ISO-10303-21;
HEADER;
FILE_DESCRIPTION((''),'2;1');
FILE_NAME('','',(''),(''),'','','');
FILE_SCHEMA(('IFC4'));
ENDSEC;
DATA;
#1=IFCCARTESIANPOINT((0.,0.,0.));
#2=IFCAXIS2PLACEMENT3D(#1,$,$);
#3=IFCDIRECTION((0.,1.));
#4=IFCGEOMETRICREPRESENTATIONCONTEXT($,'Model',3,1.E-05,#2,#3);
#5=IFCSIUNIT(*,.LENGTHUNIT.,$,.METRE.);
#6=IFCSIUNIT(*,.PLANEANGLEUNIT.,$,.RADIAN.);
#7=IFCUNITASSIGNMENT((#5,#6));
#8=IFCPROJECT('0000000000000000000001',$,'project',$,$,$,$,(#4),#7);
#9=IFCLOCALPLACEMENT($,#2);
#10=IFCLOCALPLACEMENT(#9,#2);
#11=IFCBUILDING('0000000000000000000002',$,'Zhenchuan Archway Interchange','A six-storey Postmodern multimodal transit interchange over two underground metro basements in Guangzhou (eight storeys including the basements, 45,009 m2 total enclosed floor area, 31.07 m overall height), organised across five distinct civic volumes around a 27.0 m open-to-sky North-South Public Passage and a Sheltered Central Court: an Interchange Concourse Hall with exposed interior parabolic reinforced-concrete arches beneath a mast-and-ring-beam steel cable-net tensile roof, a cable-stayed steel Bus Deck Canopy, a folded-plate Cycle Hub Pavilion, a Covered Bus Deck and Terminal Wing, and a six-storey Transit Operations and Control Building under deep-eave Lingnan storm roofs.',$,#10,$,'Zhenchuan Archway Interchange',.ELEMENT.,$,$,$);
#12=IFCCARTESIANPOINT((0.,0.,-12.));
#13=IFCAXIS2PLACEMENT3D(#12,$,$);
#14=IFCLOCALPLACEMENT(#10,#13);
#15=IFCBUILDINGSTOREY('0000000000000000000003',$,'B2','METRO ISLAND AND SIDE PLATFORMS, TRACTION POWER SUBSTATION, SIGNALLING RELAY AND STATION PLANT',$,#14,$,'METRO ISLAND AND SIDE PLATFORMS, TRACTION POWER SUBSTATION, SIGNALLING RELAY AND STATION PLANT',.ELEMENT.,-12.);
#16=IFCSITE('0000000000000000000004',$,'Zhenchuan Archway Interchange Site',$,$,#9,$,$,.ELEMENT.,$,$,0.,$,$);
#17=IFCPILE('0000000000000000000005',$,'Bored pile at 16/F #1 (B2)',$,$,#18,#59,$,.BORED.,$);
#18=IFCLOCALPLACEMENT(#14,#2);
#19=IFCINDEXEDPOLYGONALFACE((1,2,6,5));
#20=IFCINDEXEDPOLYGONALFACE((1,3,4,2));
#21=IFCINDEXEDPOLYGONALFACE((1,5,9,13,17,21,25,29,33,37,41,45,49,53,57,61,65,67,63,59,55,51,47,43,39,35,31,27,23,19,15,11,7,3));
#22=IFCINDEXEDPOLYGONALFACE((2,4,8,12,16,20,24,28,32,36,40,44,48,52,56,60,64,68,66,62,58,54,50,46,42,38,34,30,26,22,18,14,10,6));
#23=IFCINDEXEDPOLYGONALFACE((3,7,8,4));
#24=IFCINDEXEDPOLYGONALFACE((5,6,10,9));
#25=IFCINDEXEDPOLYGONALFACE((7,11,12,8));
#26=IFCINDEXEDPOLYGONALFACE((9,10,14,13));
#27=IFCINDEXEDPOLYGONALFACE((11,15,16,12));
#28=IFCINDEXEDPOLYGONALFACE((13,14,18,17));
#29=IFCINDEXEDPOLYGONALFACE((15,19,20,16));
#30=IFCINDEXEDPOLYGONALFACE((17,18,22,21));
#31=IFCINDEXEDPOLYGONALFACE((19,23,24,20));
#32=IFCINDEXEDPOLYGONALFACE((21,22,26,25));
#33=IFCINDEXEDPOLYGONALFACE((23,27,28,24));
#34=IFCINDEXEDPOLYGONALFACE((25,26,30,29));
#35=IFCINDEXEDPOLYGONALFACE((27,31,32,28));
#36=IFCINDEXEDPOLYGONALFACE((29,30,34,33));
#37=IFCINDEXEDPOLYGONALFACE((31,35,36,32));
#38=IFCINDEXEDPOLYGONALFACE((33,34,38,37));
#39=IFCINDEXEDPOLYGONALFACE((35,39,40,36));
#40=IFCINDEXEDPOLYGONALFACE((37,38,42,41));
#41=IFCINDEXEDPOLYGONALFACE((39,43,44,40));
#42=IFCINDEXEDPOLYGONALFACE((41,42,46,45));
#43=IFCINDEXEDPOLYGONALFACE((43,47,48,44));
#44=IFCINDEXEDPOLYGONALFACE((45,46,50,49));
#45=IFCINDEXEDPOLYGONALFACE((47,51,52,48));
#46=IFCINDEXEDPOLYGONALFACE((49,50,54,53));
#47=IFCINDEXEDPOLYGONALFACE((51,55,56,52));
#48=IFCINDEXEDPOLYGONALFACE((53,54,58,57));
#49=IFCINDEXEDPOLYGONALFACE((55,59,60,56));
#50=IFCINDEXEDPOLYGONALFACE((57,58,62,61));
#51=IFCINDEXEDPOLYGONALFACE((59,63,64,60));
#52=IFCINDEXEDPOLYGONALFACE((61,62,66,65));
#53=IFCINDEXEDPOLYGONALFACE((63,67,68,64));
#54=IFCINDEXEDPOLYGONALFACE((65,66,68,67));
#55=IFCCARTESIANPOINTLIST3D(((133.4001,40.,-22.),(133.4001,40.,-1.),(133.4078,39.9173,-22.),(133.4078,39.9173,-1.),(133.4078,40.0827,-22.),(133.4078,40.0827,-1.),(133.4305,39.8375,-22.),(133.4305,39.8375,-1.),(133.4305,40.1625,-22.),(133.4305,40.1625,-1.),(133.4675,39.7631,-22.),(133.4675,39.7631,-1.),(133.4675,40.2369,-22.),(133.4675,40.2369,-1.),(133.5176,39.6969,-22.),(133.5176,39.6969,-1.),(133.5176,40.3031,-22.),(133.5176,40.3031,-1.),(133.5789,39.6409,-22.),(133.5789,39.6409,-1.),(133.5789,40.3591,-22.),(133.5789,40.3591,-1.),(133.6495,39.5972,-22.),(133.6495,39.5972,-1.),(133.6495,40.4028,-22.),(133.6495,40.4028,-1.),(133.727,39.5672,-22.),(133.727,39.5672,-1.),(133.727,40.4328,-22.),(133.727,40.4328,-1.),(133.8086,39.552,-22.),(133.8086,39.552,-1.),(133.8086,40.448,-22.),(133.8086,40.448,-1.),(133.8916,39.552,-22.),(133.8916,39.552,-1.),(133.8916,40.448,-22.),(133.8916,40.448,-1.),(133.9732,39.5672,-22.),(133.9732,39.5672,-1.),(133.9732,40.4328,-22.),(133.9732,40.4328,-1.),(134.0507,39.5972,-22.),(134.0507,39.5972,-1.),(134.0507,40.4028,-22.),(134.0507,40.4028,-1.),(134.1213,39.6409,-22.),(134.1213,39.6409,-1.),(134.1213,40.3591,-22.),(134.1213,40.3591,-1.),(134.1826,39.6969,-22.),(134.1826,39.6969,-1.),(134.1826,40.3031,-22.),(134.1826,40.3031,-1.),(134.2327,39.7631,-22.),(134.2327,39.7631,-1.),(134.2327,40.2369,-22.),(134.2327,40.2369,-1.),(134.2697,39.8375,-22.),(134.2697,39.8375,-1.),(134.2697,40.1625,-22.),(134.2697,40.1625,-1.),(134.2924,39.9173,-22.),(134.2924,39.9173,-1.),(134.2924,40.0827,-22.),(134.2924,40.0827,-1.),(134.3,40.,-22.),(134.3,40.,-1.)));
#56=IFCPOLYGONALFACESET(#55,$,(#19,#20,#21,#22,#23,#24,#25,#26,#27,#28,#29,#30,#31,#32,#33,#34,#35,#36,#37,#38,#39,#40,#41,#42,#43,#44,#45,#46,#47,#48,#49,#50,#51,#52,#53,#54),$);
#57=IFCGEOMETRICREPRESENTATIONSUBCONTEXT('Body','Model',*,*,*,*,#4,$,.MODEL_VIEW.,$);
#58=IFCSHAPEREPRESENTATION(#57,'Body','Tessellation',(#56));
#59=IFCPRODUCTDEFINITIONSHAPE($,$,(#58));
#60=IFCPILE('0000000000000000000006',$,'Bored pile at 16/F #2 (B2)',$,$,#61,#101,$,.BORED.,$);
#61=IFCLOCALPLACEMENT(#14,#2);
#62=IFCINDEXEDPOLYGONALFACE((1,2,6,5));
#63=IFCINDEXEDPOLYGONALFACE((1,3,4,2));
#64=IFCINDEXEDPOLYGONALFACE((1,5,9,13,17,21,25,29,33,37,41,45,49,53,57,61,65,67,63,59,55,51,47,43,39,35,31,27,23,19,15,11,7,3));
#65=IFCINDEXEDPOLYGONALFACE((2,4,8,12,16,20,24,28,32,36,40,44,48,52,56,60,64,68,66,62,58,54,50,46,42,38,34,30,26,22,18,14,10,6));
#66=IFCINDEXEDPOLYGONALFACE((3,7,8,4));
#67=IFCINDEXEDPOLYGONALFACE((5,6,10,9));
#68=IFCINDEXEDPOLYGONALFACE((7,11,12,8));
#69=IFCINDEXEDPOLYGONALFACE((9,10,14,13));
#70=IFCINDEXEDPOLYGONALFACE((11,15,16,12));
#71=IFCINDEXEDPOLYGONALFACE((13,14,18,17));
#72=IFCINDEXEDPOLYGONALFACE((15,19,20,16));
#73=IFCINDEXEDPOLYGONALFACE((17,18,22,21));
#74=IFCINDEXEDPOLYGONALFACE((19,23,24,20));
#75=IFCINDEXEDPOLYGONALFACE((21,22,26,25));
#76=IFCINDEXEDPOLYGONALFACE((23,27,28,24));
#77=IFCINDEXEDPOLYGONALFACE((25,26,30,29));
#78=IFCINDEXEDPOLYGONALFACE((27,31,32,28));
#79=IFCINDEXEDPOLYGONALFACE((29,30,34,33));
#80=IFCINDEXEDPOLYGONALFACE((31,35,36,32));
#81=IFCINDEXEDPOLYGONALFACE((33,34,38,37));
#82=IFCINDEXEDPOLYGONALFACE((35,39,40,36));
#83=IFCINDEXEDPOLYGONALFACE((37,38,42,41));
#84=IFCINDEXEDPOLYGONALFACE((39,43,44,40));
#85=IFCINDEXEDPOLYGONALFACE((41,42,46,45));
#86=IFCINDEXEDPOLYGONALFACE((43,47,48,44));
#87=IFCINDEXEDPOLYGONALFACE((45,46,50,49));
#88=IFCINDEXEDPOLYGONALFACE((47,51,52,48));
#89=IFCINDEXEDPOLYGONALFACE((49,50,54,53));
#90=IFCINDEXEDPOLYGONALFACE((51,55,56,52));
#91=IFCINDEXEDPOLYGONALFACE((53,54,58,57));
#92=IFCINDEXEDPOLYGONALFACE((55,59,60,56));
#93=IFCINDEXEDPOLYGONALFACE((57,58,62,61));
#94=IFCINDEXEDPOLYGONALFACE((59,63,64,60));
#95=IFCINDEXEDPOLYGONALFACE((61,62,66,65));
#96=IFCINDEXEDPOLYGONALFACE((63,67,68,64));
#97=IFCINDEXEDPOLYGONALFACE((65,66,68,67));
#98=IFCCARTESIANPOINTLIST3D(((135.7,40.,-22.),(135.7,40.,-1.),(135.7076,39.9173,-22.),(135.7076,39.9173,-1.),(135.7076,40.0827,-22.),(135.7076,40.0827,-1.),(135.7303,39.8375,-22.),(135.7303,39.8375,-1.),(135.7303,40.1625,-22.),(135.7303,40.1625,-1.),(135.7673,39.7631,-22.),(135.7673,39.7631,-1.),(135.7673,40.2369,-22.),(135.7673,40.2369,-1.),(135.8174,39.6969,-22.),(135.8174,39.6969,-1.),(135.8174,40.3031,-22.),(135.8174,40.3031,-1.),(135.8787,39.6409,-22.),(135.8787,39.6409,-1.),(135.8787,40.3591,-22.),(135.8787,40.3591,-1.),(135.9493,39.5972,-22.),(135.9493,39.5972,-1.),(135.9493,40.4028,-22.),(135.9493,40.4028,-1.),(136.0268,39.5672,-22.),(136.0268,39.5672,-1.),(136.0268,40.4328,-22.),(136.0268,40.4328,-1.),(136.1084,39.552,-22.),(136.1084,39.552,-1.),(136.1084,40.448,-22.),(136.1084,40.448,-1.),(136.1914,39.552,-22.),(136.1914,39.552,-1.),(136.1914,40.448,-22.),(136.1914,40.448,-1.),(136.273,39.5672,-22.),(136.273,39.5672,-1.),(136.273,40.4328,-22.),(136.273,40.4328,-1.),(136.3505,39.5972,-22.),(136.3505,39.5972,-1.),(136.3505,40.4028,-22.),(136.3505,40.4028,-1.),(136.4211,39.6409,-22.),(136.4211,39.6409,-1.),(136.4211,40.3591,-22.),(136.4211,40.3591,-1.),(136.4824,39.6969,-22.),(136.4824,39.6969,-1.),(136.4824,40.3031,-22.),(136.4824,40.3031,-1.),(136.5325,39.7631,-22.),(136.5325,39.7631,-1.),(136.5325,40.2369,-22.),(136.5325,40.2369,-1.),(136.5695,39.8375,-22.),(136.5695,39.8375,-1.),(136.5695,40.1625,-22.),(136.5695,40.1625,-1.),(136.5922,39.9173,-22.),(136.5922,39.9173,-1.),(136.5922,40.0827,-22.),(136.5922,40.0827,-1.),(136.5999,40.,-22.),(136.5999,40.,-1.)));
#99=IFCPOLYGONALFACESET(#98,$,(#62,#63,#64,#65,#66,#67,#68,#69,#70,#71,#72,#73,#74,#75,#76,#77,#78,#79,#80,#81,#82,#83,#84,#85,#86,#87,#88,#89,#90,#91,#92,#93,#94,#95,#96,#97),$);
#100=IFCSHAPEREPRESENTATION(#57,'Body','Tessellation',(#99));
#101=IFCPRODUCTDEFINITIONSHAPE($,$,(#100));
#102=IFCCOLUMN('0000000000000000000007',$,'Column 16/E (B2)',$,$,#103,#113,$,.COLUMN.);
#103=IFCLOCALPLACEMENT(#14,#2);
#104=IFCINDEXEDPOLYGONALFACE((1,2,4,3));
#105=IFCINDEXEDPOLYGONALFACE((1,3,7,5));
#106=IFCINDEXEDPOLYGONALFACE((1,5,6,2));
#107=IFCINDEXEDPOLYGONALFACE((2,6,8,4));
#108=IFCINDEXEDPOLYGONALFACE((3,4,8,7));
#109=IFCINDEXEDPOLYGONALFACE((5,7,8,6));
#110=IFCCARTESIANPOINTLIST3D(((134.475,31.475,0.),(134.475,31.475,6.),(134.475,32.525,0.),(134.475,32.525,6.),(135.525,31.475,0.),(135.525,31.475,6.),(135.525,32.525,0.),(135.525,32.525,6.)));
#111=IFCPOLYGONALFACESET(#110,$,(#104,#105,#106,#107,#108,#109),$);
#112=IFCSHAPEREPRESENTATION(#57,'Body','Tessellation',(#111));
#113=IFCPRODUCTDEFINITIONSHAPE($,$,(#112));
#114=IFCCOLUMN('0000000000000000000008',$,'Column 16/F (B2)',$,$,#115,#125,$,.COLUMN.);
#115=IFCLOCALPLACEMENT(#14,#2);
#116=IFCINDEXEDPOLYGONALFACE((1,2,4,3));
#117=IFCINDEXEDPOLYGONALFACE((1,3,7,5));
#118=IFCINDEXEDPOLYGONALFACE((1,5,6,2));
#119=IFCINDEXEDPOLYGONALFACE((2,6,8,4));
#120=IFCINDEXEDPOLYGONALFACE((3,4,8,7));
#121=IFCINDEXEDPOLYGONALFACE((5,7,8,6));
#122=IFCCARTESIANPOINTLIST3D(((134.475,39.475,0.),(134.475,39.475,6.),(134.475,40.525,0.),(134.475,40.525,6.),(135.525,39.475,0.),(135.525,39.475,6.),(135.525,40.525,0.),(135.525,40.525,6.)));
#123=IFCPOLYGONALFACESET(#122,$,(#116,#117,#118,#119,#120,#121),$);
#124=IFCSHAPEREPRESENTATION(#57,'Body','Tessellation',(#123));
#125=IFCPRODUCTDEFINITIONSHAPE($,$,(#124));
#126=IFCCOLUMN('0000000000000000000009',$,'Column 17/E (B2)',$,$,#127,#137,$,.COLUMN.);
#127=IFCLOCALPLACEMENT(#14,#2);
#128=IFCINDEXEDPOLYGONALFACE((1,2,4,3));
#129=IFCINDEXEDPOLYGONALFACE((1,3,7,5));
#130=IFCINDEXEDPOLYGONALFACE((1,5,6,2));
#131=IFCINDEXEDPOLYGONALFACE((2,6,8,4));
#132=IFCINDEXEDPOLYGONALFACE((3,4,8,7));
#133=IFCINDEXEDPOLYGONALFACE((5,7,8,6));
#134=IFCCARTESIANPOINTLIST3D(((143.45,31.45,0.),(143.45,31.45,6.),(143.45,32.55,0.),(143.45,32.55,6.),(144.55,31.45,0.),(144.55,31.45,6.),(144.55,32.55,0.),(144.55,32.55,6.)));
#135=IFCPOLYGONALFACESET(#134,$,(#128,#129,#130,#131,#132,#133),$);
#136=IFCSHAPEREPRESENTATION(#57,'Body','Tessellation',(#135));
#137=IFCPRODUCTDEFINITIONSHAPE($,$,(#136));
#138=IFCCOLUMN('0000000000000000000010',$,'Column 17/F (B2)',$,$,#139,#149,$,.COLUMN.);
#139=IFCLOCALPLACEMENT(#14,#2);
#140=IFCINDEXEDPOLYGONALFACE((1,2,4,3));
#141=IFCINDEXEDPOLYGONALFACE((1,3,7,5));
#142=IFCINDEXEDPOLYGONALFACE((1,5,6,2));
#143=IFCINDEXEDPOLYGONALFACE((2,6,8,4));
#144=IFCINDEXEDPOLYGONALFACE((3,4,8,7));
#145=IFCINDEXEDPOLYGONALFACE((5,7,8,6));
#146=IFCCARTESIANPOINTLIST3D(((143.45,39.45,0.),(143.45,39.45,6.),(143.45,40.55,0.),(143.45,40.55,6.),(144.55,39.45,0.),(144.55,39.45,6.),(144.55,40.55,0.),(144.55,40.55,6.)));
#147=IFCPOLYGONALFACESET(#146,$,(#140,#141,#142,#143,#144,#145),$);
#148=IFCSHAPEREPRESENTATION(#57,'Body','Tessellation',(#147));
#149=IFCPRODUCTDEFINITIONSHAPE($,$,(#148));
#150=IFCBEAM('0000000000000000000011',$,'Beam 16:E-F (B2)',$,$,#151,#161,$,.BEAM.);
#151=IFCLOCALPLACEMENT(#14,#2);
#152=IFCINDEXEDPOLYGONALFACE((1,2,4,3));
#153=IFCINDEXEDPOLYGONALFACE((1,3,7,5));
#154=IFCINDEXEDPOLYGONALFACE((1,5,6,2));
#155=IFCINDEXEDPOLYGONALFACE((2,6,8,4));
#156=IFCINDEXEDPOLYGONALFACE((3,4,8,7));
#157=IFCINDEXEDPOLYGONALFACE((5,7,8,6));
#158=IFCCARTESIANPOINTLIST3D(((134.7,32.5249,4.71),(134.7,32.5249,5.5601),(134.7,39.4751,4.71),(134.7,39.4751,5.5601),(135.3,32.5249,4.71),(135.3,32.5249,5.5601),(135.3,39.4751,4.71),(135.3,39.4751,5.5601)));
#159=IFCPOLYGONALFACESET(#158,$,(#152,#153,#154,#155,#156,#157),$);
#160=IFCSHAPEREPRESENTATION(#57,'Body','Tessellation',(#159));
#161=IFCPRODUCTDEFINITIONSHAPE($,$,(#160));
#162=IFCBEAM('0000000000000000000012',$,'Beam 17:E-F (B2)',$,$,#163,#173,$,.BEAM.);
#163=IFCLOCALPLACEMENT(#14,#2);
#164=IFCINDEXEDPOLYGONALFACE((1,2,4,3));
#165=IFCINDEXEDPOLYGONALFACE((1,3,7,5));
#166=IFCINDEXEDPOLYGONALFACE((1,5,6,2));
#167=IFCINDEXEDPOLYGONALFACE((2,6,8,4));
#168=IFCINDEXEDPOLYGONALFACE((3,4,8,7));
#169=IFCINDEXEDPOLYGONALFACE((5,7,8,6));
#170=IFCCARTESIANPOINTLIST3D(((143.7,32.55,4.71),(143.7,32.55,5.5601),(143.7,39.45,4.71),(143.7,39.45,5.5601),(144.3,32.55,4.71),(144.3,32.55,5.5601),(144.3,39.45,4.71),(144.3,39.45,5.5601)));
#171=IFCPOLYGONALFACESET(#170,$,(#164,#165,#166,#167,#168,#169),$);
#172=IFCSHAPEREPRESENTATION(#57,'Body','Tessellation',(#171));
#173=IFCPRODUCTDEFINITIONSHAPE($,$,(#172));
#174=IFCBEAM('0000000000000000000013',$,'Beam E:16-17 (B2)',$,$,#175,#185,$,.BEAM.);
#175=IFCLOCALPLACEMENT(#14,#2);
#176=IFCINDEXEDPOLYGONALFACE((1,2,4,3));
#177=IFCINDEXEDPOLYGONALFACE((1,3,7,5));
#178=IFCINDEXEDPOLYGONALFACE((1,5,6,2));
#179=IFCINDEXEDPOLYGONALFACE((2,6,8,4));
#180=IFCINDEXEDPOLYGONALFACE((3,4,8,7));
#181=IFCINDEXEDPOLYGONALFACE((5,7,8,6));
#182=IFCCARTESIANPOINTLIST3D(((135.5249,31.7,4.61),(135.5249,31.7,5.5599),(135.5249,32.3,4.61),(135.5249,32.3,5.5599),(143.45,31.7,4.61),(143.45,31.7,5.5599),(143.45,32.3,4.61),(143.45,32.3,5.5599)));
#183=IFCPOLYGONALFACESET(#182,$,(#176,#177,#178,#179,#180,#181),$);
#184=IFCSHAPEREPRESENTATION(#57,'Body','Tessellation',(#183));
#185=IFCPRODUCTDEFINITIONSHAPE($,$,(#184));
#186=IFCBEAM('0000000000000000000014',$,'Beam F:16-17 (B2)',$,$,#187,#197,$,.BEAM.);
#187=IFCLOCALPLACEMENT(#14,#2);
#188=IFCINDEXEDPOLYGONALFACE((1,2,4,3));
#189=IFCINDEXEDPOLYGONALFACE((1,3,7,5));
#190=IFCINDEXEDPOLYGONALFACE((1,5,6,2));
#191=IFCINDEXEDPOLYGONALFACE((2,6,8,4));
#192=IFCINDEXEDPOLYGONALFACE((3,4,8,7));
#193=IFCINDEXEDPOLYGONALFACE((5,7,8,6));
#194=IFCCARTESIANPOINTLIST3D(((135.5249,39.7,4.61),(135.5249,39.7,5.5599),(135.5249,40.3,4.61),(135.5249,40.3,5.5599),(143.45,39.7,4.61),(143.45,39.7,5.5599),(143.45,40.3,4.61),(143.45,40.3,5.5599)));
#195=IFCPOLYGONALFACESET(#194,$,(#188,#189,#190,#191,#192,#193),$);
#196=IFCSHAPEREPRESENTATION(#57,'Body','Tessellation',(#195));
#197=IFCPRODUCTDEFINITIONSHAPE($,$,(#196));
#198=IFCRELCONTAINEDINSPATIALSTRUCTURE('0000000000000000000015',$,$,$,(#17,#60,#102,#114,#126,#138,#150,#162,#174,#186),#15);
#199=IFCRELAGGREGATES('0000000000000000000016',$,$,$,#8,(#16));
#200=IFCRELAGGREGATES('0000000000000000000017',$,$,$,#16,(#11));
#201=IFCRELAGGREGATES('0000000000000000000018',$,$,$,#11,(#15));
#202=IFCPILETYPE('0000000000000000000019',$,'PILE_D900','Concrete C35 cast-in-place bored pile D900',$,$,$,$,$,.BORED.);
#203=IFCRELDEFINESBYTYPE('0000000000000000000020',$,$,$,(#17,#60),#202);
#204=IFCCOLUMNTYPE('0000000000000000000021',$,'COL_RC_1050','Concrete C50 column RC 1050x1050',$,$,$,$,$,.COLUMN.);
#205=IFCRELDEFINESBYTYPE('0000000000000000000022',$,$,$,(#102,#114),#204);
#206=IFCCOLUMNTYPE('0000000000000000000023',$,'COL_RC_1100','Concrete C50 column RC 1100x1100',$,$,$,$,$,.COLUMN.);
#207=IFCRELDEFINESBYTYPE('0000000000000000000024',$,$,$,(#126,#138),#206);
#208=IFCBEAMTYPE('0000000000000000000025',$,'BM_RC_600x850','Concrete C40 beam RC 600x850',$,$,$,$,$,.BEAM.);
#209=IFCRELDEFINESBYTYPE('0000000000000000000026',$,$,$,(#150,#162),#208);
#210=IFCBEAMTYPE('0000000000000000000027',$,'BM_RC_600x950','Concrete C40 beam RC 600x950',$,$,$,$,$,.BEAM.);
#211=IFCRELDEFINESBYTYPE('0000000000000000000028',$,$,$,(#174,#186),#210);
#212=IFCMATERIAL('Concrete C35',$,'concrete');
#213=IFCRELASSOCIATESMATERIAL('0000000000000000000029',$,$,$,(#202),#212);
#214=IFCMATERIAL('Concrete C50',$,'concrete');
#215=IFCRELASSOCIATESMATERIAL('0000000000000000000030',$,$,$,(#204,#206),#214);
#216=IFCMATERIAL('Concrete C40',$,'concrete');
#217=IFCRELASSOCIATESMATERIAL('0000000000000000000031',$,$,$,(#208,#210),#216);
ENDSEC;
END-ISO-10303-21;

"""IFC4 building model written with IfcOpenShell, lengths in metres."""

from ifc_helpers import new_model, si_unit, direction, frame, origin, origin_2d, place, context, subcontext, project, spatial, rectangle, circle, extrude, material, material_profile, profile_set, type_object, element, save


model = new_model("IFC4")

# Units and contexts
model_context = context("Model", 3, precision=1e-05, world=origin(), true_north=direction((0.0, 1.0)))
body_context = subcontext(model_context, "Body", "Model", "MODEL_VIEW")
ifc_project = project(units=[si_unit("LENGTHUNIT", "METRE"), si_unit("PLANEANGLEUNIT", "RADIAN")], contexts=[model_context])

# Site, building, storey
site_placement = place(None, origin())
site = spatial("IfcSite", under=ifc_project, at=site_placement, Name="Zhenchuan Archway Interchange Site", CompositionType="ELEMENT", RefElevation=0.0)
building_placement = place(site_placement, origin())
building = spatial("IfcBuilding", under=site, at=building_placement, Name="Zhenchuan Archway Interchange", Description="A six-storey Postmodern multimodal transit interchange over two underground metro basements in Guangzhou (eight storeys including the basements, 45,009 m2 total enclosed floor area, 31.07 m overall height), organised across five distinct civic volumes around a 27.0 m open-to-sky North-South Public Passage and a Sheltered Central Court: an Interchange Concourse Hall with exposed interior parabolic reinforced-concrete arches beneath a mast-and-ring-beam steel cable-net tensile roof, a cable-stayed steel Bus Deck Canopy, a folded-plate Cycle Hub Pavilion, a Covered Bus Deck and Terminal Wing, and a six-storey Transit Operations and Control Building under deep-eave Lingnan storm roofs.", LongName="Zhenchuan Archway Interchange", CompositionType="ELEMENT")
storey_placement = place(building_placement, frame((0.0, 0.0, -12.0)))
storey = spatial("IfcBuildingStorey", under=building, at=storey_placement, Name="B2", Description="METRO ISLAND AND SIDE PLATFORMS, TRACTION POWER SUBSTATION, SIGNALLING RELAY AND STATION PLANT", LongName="METRO ISLAND AND SIDE PLATFORMS, TRACTION POWER SUBSTATION, SIGNALLING RELAY AND STATION PLANT", CompositionType="ELEMENT", Elevation=-12.0)

# Shared definitions
ifc_material_1 = material(Name="Concrete C40", Category="concrete")

# Piles
ifc_material_2 = material(Name="Concrete C35", Category="concrete")
ifc_material_profile_1 = material_profile(ifc_material_2, circle(Radius=0.45, at=origin_2d()), Name="BORED PILE 900")
ifc_profile_set_1 = profile_set([ifc_material_profile_1], Name="Concrete C35")
pile_type_1 = type_object("IfcPileType", Name="PILE_D900", Description="Concrete C35 cast-in-place bored pile D900", PredefinedType="BORED", material=ifc_profile_set_1)
for number, where, z_axis, x_axis, name in (
    (1, (133.8501, 40.0, -1.0), (0.0, 0.0, -1.0), (1.0, 0.0, 0.0), "Bored pile at 16/F #1 (B2)"),
    (2, (136.1499, 40.0, -1.0), (0.0, 0.0, -1.0), (1.0, 0.0, 0.0), "Bored pile at 16/F #2 (B2)"),
):
    element("IfcPile", number, at=place(storey_placement, frame(where, z_axis=z_axis, x_axis=x_axis)), inside=storey, type_object=pile_type_1, Name=name, PredefinedType="BORED", context=body_context, shape_type="SweptSolid", body=[
        extrude(circle(Radius=0.45, at=origin_2d()), origin(), (0.0, 0.0, 1.0), 21.0),
    ])

# Columns
ifc_material_3 = material(Name="Concrete C50", Category="concrete")
ifc_material_profile_2 = material_profile(ifc_material_3, rectangle(XDim=1.05, YDim=1.05, at=origin_2d()), Name="RC 1050x1050")
ifc_profile_set_2 = profile_set([ifc_material_profile_2], Name="Concrete C50")
column_type_1 = type_object("IfcColumnType", Name="COL_RC_1050", Description="Concrete C50 column RC 1050x1050", PredefinedType="COLUMN", material=ifc_profile_set_2)
for number, where, z_axis, x_axis, name in (
    (3, (135.0, 32.0, 0.0), (0.0, 0.0, 1.0), (1.0, 0.0, 0.0), "Column 16/E (B2)"),
    (4, (135.0, 40.0, 0.0), (0.0, 0.0, 1.0), (1.0, 0.0, 0.0), "Column 16/F (B2)"),
):
    element("IfcColumn", number, at=place(storey_placement, frame(where, z_axis=z_axis, x_axis=x_axis)), inside=storey, type_object=column_type_1, Name=name, PredefinedType="COLUMN", context=body_context, shape_type="SweptSolid", body=[
        extrude(rectangle(XDim=1.05, YDim=1.05, at=origin_2d()), origin(), (0.0, 0.0, 1.0), 6.0),
    ])
ifc_material_profile_3 = material_profile(ifc_material_3, rectangle(XDim=1.1001, YDim=1.1001, at=origin_2d()), Name="RC 1100x1100")
ifc_profile_set_3 = profile_set([ifc_material_profile_3], Name="Concrete C50")
column_type_2 = type_object("IfcColumnType", Name="COL_RC_1100", Description="Concrete C50 column RC 1100x1100", PredefinedType="COLUMN", material=ifc_profile_set_3)
for number, where, z_axis, x_axis, name in (
    (5, (144.0, 32.0, 0.0), (0.0, 0.0, 1.0), (1.0, 0.0, 0.0), "Column 17/E (B2)"),
    (6, (144.0, 40.0, 0.0), (0.0, 0.0, 1.0), (1.0, 0.0, 0.0), "Column 17/F (B2)"),
):
    element("IfcColumn", number, at=place(storey_placement, frame(where, z_axis=z_axis, x_axis=x_axis)), inside=storey, type_object=column_type_2, Name=name, PredefinedType="COLUMN", context=body_context, shape_type="SweptSolid", body=[
        extrude(rectangle(XDim=1.1001, YDim=1.1001, at=origin_2d()), origin(), (0.0, 0.0, 1.0), 6.0),
    ])

# Beams
ifc_material_profile_4 = material_profile(ifc_material_1, rectangle(XDim=0.6001, YDim=0.8501, at=origin_2d()), Name="RC 600x850")
ifc_profile_set_4 = profile_set([ifc_material_profile_4], Name="Concrete C40")
beam_type_1 = type_object("IfcBeamType", Name="BM_RC_600x850", Description="Concrete C40 beam RC 600x850", PredefinedType="BEAM", material=ifc_profile_set_4)
beam_1_placement = place(storey_placement, frame((135.0, 32.5249, 5.135), z_axis=(0.0, 1.0, 0.0), x_axis=(-1.0, 0.0, 0.0)))
element("IfcBeam", 7, at=beam_1_placement, inside=storey, type_object=beam_type_1, Name="Beam 16:E-F (B2)", PredefinedType="BEAM", context=body_context, shape_type="SweptSolid", body=[
    extrude(rectangle(XDim=0.6001, YDim=0.8501, at=origin_2d()), origin(), (0.0, 0.0, 1.0), 6.9502),
])
beam_2_placement = place(storey_placement, frame((144.0, 32.55, 5.135), z_axis=(0.0, 1.0, 0.0), x_axis=(-1.0, 0.0, 0.0)))
element("IfcBeam", 8, at=beam_2_placement, inside=storey, type_object=beam_type_1, Name="Beam 17:E-F (B2)", PredefinedType="BEAM", context=body_context, shape_type="SweptSolid", body=[
    extrude(rectangle(XDim=0.6001, YDim=0.8501, at=origin_2d()), origin(), (0.0, 0.0, 1.0), 6.8999),
])
ifc_material_profile_5 = material_profile(ifc_material_1, rectangle(XDim=0.6001, YDim=0.95, at=origin_2d()), Name="RC 600x950")
ifc_profile_set_5 = profile_set([ifc_material_profile_5], Name="Concrete C40")
beam_type_2 = type_object("IfcBeamType", Name="BM_RC_600x950", Description="Concrete C40 beam RC 600x950", PredefinedType="BEAM", material=ifc_profile_set_5)
for number, where, z_axis, x_axis, name in (
    (9, (135.5249, 32.0, 5.085), (1.0, 0.0, 0.0), (0.0, 1.0, 0.0), "Beam E:16-17 (B2)"),
    (10, (135.5249, 40.0, 5.085), (1.0, 0.0, 0.0), (0.0, 1.0, 0.0), "Beam F:16-17 (B2)"),
):
    element("IfcBeam", number, at=place(storey_placement, frame(where, z_axis=z_axis, x_axis=x_axis)), inside=storey, type_object=beam_type_2, Name=name, PredefinedType="BEAM", context=body_context, shape_type="SweptSolid", body=[
        extrude(rectangle(XDim=0.6001, YDim=0.95, at=origin_2d()), origin(), (0.0, 0.0, 1.0), 7.925),
    ])

save(model, "model.ifc")
